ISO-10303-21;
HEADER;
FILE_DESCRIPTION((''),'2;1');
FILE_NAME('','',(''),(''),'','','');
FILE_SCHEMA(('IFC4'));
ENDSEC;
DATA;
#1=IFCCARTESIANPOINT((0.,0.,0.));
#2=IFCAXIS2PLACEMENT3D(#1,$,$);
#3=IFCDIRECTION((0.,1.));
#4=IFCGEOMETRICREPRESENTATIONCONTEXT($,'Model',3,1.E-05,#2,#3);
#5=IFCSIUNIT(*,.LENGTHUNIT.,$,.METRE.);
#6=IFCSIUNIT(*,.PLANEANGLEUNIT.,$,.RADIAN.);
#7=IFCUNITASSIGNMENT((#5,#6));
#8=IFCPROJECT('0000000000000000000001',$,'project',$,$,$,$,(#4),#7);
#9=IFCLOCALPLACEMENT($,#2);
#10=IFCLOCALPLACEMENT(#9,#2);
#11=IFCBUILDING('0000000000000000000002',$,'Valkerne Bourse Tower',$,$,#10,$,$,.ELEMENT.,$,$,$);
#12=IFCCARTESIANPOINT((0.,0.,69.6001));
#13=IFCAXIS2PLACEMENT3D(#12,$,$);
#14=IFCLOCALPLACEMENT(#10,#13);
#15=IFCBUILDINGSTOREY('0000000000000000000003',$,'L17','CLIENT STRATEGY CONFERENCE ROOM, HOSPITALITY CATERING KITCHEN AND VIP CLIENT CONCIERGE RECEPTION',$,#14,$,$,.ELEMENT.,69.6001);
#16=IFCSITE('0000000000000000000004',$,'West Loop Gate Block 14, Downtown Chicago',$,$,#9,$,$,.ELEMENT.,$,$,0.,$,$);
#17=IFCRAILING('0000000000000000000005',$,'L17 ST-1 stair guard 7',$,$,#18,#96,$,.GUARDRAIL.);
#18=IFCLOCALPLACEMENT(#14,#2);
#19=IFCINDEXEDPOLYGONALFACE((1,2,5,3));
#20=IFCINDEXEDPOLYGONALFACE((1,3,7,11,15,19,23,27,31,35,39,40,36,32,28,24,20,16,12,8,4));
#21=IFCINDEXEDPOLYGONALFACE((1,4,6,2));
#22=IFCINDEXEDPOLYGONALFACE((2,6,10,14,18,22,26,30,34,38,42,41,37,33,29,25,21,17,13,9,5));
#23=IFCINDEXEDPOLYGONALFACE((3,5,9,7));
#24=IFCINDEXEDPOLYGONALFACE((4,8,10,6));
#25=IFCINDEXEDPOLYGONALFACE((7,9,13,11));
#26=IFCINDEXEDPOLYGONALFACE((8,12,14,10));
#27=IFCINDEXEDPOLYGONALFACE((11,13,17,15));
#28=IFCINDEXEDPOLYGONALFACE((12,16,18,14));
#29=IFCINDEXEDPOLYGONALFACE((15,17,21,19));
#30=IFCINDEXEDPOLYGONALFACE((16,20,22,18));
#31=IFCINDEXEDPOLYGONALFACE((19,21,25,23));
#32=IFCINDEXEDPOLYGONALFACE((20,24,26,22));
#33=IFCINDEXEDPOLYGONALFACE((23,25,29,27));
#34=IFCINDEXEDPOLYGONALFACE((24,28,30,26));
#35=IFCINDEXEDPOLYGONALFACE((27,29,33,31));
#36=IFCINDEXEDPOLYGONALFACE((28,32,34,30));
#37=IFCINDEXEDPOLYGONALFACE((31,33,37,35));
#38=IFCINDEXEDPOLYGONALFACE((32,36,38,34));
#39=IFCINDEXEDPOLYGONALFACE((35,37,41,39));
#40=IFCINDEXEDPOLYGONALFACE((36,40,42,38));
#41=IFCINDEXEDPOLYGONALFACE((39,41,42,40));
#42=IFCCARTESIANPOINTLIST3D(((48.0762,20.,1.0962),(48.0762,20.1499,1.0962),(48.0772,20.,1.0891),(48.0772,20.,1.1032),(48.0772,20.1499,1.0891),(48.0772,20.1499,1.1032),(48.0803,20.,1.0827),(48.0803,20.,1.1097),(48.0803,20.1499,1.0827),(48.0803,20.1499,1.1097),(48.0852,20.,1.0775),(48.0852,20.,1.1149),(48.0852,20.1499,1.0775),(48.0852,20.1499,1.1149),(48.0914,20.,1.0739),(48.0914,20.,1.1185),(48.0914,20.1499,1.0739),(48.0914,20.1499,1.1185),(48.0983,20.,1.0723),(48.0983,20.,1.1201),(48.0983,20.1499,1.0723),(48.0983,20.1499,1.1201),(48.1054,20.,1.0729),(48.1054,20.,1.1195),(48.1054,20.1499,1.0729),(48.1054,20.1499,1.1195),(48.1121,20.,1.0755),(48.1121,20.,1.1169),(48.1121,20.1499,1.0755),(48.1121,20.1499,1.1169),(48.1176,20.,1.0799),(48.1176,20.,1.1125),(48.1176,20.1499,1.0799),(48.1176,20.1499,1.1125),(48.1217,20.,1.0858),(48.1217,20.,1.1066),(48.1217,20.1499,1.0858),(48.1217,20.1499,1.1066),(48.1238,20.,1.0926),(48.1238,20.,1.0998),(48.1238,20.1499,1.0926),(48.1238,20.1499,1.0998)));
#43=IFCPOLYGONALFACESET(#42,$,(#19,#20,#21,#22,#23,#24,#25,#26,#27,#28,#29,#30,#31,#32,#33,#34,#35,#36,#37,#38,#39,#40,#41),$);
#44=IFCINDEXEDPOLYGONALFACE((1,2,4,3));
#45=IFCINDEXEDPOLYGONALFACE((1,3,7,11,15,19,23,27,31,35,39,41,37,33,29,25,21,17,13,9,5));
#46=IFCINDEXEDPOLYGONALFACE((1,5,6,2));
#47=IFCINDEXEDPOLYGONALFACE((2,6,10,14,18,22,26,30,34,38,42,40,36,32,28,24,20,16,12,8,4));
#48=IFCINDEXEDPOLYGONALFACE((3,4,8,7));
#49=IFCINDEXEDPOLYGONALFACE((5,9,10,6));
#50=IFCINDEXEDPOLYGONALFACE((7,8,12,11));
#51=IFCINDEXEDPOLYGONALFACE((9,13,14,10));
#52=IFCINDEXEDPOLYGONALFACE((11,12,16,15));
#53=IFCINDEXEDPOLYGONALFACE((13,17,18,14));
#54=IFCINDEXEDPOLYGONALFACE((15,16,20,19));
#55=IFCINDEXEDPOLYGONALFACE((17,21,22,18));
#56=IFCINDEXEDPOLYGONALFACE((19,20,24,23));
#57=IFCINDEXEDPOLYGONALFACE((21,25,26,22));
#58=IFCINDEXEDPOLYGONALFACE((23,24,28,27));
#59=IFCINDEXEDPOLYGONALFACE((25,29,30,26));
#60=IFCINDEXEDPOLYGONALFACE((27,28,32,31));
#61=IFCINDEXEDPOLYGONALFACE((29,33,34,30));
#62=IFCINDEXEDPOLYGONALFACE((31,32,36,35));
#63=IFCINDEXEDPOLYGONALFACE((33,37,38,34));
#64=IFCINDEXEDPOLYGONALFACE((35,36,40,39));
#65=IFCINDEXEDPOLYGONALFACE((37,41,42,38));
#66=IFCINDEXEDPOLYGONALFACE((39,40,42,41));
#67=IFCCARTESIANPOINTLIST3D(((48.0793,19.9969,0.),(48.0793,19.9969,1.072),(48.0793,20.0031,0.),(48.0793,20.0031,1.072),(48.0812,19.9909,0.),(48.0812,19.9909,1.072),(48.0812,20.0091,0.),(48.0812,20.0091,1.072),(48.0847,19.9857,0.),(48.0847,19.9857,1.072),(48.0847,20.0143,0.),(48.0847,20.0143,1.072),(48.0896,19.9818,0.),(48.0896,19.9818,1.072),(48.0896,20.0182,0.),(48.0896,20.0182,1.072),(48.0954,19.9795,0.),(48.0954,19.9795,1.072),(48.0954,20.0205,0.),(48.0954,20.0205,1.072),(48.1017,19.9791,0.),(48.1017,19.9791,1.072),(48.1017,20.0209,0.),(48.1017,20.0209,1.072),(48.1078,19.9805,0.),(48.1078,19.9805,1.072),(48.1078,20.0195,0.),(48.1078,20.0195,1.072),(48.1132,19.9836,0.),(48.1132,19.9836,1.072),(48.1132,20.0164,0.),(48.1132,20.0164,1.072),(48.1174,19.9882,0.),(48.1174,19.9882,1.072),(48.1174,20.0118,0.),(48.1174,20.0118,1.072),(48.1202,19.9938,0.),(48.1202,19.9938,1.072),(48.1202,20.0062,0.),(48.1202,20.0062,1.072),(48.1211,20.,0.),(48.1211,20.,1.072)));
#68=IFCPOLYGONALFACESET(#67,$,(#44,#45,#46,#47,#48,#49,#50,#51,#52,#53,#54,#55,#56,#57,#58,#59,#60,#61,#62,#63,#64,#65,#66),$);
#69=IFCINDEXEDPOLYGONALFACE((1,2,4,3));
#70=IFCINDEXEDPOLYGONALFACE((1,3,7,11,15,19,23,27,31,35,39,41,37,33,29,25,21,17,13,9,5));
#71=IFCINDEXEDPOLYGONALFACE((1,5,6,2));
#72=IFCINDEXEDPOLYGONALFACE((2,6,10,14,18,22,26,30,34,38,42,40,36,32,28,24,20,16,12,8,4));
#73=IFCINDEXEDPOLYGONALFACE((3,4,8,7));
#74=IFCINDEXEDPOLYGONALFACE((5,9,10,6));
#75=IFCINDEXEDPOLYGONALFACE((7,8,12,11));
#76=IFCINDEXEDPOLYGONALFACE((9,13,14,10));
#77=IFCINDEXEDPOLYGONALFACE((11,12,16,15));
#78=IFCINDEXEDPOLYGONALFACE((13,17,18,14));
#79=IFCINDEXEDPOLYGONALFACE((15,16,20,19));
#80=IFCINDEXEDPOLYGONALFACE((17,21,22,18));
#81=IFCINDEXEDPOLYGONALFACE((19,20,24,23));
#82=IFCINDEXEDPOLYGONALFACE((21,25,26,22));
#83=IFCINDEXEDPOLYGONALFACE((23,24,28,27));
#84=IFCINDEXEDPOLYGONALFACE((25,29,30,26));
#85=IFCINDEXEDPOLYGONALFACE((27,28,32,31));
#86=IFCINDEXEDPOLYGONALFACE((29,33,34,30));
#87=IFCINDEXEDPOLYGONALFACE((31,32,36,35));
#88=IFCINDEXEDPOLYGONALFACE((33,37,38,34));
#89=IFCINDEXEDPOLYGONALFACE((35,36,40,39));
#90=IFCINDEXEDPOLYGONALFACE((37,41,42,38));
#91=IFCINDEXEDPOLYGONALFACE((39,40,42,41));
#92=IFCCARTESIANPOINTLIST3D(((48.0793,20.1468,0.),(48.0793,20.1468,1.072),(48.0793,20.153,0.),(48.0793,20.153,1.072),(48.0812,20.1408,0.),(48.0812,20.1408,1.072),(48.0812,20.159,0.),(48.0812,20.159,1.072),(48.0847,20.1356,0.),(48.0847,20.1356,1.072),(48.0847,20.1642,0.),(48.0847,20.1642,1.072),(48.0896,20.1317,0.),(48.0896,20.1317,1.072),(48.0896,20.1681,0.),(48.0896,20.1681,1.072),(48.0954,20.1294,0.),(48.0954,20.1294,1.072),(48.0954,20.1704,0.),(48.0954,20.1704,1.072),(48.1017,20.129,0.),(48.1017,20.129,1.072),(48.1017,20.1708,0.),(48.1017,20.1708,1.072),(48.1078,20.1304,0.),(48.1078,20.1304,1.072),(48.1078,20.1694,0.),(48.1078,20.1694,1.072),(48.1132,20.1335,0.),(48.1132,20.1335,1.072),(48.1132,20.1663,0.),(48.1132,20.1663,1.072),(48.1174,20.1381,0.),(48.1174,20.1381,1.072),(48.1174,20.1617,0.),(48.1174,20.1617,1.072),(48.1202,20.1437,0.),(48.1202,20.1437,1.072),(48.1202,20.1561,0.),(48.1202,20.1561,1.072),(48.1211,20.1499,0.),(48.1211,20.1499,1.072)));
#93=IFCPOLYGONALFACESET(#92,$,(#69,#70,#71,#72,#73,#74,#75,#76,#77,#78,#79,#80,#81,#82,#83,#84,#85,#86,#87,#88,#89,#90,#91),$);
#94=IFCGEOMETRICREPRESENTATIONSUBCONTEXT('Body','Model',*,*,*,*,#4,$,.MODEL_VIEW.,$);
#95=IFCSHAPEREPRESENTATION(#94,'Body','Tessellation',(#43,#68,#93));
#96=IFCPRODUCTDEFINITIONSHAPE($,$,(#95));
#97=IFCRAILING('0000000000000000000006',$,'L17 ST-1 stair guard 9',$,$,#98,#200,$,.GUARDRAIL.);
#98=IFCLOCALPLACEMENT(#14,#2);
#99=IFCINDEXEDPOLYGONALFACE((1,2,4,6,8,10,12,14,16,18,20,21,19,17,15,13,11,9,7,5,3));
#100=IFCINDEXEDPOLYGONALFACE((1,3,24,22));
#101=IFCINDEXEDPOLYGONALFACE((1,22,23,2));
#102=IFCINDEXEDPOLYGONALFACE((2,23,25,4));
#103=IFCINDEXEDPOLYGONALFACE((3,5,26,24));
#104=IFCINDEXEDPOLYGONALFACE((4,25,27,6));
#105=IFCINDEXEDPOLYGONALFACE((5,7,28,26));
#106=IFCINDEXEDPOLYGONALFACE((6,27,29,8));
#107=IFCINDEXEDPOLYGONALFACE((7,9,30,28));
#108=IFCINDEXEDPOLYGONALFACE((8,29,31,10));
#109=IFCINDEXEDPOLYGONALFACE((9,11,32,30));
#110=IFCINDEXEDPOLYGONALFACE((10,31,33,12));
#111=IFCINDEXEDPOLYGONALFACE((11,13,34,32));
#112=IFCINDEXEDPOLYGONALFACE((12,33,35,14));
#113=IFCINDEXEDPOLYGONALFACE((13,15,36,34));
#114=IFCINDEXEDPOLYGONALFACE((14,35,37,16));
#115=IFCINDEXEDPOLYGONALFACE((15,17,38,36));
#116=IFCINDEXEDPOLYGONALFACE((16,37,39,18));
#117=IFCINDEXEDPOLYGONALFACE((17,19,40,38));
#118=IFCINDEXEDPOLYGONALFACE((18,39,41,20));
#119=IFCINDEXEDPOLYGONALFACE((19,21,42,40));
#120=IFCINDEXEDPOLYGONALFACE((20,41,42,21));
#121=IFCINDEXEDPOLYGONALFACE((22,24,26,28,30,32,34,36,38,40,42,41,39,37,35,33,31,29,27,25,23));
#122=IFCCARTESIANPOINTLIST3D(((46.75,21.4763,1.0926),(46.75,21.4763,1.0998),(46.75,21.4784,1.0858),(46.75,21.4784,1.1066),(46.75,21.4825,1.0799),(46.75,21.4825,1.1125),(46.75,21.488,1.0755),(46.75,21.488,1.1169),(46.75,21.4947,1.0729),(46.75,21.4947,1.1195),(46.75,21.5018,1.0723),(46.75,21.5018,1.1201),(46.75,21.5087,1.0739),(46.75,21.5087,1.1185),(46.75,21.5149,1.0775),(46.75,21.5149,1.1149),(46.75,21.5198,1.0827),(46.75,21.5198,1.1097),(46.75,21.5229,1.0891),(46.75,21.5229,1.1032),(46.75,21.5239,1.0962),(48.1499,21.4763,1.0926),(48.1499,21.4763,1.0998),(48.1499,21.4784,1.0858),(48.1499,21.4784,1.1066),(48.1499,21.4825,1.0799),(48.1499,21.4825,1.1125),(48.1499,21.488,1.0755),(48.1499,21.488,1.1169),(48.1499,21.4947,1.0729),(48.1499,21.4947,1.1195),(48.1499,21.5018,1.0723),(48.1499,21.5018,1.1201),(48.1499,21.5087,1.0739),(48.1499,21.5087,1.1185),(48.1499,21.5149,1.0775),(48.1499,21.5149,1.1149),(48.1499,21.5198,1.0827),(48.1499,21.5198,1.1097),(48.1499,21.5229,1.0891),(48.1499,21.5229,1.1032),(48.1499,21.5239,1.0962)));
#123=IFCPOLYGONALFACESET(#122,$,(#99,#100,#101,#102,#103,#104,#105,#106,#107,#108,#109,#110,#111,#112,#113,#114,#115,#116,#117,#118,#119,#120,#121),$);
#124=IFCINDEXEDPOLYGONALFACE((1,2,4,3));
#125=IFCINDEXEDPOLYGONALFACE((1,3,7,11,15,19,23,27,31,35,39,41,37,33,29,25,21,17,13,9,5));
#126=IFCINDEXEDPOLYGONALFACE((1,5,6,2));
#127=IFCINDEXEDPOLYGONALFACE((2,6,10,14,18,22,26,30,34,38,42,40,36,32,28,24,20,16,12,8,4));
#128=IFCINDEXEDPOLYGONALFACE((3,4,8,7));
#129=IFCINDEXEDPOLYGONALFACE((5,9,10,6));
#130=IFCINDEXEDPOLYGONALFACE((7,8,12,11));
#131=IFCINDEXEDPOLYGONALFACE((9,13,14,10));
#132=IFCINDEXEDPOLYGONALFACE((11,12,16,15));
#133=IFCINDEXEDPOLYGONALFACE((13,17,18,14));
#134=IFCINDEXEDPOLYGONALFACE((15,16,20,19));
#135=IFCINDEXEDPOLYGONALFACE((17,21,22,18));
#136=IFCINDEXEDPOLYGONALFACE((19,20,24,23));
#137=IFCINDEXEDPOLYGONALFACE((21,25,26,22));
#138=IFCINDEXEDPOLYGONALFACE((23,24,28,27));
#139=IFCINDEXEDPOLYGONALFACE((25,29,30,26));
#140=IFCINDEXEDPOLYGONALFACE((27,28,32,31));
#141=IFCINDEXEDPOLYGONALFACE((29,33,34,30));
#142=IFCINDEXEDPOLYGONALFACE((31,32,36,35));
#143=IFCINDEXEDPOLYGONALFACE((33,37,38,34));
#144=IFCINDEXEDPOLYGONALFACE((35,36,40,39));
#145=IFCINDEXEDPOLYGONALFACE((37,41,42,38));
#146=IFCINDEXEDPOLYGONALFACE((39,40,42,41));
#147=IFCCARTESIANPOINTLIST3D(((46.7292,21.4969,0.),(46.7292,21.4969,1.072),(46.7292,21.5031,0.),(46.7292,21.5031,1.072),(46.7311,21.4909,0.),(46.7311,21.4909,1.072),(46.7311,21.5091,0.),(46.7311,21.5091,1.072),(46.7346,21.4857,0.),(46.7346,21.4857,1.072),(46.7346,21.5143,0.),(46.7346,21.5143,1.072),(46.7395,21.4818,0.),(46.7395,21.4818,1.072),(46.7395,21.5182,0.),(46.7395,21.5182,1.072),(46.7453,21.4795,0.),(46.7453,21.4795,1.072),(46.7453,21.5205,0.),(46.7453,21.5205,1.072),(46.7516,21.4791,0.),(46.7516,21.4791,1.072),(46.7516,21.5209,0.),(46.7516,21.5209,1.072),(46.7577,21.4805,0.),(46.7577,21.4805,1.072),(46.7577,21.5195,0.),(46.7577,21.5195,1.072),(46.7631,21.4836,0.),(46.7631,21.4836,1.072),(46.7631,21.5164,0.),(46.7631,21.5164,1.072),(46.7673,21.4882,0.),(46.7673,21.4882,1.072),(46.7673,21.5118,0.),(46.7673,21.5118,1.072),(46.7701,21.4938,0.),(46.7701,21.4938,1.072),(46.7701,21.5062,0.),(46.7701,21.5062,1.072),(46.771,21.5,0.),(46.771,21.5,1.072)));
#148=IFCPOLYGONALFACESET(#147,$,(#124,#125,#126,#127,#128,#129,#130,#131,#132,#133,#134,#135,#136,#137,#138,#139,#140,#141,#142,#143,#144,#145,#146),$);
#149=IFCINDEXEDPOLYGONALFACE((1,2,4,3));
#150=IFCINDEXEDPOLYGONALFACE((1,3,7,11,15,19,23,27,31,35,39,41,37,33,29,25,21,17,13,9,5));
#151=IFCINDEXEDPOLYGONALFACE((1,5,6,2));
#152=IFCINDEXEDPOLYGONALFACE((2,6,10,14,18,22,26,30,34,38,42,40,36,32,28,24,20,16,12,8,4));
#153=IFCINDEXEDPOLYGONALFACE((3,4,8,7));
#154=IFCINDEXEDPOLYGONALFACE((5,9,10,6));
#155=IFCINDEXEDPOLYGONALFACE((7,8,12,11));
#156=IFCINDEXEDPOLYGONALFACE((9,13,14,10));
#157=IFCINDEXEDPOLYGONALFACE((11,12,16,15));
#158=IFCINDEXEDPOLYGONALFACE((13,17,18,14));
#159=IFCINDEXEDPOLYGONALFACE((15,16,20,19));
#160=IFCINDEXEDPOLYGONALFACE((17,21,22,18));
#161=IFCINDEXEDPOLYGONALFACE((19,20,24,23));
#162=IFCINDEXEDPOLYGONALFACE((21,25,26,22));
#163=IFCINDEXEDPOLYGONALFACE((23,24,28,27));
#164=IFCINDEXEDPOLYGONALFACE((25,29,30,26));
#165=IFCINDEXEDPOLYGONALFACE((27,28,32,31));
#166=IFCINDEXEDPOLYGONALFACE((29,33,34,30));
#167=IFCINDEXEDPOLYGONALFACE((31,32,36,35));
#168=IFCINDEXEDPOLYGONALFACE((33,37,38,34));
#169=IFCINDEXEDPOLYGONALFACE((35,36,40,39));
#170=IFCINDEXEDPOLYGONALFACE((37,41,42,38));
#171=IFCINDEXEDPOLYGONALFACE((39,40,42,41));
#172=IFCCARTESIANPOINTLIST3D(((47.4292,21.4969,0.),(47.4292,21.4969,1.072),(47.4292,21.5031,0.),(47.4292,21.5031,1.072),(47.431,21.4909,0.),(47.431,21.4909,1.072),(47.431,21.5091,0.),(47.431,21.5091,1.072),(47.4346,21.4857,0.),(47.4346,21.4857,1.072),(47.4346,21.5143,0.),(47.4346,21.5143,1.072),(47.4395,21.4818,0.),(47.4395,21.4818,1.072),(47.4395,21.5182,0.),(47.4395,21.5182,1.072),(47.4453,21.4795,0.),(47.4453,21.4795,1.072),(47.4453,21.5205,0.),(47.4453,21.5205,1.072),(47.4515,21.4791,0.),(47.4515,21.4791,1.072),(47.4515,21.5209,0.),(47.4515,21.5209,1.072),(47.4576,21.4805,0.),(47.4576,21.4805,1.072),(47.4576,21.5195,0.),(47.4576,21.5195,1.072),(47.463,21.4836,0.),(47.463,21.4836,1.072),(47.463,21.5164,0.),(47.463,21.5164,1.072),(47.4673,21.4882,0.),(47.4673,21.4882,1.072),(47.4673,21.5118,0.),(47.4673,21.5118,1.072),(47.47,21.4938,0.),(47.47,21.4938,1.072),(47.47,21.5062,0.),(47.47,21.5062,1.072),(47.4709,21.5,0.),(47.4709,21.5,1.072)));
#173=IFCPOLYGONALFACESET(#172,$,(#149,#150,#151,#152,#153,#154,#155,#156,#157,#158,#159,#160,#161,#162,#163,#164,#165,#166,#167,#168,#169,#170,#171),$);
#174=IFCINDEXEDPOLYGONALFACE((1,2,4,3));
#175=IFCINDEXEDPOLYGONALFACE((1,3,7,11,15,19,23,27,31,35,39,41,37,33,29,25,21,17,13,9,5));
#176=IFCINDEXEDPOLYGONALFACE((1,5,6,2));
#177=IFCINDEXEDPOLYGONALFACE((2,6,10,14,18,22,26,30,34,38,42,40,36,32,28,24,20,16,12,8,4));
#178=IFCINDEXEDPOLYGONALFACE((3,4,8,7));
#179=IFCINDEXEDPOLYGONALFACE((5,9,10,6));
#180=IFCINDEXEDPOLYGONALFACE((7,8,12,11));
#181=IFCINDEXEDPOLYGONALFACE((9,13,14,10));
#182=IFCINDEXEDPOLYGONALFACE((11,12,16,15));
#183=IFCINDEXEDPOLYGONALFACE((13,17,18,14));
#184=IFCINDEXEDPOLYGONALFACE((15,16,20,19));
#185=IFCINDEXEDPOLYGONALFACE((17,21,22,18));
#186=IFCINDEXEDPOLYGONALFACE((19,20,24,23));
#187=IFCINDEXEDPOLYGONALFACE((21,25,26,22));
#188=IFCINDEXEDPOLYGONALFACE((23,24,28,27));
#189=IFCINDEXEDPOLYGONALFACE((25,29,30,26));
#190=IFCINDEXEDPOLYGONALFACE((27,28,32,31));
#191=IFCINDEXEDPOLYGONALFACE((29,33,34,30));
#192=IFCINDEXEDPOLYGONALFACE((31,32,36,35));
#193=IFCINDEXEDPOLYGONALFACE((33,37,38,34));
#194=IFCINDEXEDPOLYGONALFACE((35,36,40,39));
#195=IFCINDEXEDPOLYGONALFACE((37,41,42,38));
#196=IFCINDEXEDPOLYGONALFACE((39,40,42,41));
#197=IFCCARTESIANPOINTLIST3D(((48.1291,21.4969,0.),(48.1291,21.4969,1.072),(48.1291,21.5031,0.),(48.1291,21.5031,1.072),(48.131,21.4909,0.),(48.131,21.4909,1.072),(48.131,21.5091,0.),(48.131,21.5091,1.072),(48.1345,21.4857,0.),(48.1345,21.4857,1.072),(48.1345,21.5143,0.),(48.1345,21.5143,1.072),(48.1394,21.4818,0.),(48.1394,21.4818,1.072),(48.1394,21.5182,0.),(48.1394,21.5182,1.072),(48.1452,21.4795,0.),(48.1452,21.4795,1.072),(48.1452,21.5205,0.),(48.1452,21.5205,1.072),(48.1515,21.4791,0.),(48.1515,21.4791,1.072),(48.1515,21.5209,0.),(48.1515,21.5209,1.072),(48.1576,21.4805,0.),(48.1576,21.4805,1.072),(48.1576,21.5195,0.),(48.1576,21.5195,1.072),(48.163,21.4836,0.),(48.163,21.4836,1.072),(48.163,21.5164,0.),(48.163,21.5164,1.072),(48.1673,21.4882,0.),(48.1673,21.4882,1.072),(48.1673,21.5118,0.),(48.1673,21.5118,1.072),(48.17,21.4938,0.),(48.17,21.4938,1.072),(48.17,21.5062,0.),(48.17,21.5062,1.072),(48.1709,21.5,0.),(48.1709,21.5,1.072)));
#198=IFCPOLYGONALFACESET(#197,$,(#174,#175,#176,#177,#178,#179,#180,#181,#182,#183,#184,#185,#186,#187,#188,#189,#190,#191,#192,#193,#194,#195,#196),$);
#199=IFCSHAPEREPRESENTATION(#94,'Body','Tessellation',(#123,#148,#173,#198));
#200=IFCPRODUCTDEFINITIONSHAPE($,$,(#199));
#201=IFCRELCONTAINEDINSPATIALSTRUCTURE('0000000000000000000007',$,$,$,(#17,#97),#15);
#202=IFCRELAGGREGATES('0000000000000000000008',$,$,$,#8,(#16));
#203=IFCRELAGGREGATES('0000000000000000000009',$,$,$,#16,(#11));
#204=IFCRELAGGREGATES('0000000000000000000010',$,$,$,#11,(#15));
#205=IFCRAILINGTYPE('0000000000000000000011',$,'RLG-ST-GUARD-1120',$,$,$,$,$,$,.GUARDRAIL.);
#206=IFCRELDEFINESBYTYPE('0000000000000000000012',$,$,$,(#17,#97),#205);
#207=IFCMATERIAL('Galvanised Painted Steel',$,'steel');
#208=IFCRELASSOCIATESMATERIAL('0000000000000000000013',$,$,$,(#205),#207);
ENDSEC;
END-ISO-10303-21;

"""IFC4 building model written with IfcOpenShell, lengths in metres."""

from ifc_helpers import new_model, si_unit, direction, frame, origin, origin_2d, place, context, subcontext, project, spatial, circle, extrude, material, type_object, element, save


model = new_model("IFC4")

# Units and contexts
model_context = context("Model", 3, precision=1e-05, world=origin(), true_north=direction((0.0, 1.0)))
body_context = subcontext(model_context, "Body", "Model", "MODEL_VIEW")
ifc_project = project(units=[si_unit("LENGTHUNIT", "METRE"), si_unit("PLANEANGLEUNIT", "RADIAN")], contexts=[model_context])

# Site, building, storey
site_placement = place(None, origin())
site = spatial("IfcSite", under=ifc_project, at=site_placement, Name="West Loop Gate Block 14, Downtown Chicago", CompositionType="ELEMENT", RefElevation=0.0)
building_placement = place(site_placement, origin())
building = spatial("IfcBuilding", under=site, at=building_placement, Name="Valkerne Bourse Tower", CompositionType="ELEMENT")
storey_placement = place(building_placement, frame((0.0, 0.0, 69.6001)))
storey = spatial("IfcBuildingStorey", under=building, at=storey_placement, Name="L17", Description="CLIENT STRATEGY CONFERENCE ROOM, HOSPITALITY CATERING KITCHEN AND VIP CLIENT CONCIERGE RECEPTION", CompositionType="ELEMENT", Elevation=69.6001)

# Shared definitions
ifc_material_1 = material(Name="Galvanised Painted Steel", Category="steel")

# Railings
railing_type_1 = type_object("IfcRailingType", Name="RLG-ST-GUARD-1120", PredefinedType="GUARDRAIL", material=ifc_material_1)
railing_1_placement = place(storey_placement, frame((48.1001, 20.0, 0.0)))
element("IfcRailing", 1, at=railing_1_placement, inside=storey, type_object=railing_type_1, Name="L17 ST-1 stair guard 7", PredefinedType="GUARDRAIL", context=body_context, shape_type="SweptSolid", body=[
    extrude(circle(Radius=0.0239, at=origin_2d()), frame((0.0, 0.0, 1.0962), z_axis=(0.0, 1.0, 0.0), x_axis=(-1.0, 0.0, 0.0)), (0.0, 0.0, 1.0), 0.1499),
    extrude(circle(Radius=0.021, at=origin_2d()), origin(), (0.0, 0.0, 1.0), 1.072),
    extrude(circle(Radius=0.021, at=origin_2d()), frame((0.0, 0.1499, 0.0)), (0.0, 0.0, 1.0), 1.072),
])
railing_2_placement = place(storey_placement, frame((46.75, 21.5, 0.0)))
element("IfcRailing", 2, at=railing_2_placement, inside=storey, type_object=railing_type_1, Name="L17 ST-1 stair guard 9", PredefinedType="GUARDRAIL", context=body_context, shape_type="SweptSolid", body=[
    extrude(circle(Radius=0.0239, at=origin_2d()), frame((0.0, 0.0, 1.0962), z_axis=(1.0, 0.0, 0.0), x_axis=(0.0, 1.0, 0.0)), (0.0, 0.0, 1.0), 1.3999),
    extrude(circle(Radius=0.021, at=origin_2d()), origin(), (0.0, 0.0, 1.0), 1.072),
    extrude(circle(Radius=0.021, at=origin_2d()), frame((0.7, 0.0, 0.0)), (0.0, 0.0, 1.0), 1.072),
    extrude(circle(Radius=0.021, at=origin_2d()), frame((1.3999, 0.0, 0.0)), (0.0, 0.0, 1.0), 1.072),
])

save(model, "model.ifc")
